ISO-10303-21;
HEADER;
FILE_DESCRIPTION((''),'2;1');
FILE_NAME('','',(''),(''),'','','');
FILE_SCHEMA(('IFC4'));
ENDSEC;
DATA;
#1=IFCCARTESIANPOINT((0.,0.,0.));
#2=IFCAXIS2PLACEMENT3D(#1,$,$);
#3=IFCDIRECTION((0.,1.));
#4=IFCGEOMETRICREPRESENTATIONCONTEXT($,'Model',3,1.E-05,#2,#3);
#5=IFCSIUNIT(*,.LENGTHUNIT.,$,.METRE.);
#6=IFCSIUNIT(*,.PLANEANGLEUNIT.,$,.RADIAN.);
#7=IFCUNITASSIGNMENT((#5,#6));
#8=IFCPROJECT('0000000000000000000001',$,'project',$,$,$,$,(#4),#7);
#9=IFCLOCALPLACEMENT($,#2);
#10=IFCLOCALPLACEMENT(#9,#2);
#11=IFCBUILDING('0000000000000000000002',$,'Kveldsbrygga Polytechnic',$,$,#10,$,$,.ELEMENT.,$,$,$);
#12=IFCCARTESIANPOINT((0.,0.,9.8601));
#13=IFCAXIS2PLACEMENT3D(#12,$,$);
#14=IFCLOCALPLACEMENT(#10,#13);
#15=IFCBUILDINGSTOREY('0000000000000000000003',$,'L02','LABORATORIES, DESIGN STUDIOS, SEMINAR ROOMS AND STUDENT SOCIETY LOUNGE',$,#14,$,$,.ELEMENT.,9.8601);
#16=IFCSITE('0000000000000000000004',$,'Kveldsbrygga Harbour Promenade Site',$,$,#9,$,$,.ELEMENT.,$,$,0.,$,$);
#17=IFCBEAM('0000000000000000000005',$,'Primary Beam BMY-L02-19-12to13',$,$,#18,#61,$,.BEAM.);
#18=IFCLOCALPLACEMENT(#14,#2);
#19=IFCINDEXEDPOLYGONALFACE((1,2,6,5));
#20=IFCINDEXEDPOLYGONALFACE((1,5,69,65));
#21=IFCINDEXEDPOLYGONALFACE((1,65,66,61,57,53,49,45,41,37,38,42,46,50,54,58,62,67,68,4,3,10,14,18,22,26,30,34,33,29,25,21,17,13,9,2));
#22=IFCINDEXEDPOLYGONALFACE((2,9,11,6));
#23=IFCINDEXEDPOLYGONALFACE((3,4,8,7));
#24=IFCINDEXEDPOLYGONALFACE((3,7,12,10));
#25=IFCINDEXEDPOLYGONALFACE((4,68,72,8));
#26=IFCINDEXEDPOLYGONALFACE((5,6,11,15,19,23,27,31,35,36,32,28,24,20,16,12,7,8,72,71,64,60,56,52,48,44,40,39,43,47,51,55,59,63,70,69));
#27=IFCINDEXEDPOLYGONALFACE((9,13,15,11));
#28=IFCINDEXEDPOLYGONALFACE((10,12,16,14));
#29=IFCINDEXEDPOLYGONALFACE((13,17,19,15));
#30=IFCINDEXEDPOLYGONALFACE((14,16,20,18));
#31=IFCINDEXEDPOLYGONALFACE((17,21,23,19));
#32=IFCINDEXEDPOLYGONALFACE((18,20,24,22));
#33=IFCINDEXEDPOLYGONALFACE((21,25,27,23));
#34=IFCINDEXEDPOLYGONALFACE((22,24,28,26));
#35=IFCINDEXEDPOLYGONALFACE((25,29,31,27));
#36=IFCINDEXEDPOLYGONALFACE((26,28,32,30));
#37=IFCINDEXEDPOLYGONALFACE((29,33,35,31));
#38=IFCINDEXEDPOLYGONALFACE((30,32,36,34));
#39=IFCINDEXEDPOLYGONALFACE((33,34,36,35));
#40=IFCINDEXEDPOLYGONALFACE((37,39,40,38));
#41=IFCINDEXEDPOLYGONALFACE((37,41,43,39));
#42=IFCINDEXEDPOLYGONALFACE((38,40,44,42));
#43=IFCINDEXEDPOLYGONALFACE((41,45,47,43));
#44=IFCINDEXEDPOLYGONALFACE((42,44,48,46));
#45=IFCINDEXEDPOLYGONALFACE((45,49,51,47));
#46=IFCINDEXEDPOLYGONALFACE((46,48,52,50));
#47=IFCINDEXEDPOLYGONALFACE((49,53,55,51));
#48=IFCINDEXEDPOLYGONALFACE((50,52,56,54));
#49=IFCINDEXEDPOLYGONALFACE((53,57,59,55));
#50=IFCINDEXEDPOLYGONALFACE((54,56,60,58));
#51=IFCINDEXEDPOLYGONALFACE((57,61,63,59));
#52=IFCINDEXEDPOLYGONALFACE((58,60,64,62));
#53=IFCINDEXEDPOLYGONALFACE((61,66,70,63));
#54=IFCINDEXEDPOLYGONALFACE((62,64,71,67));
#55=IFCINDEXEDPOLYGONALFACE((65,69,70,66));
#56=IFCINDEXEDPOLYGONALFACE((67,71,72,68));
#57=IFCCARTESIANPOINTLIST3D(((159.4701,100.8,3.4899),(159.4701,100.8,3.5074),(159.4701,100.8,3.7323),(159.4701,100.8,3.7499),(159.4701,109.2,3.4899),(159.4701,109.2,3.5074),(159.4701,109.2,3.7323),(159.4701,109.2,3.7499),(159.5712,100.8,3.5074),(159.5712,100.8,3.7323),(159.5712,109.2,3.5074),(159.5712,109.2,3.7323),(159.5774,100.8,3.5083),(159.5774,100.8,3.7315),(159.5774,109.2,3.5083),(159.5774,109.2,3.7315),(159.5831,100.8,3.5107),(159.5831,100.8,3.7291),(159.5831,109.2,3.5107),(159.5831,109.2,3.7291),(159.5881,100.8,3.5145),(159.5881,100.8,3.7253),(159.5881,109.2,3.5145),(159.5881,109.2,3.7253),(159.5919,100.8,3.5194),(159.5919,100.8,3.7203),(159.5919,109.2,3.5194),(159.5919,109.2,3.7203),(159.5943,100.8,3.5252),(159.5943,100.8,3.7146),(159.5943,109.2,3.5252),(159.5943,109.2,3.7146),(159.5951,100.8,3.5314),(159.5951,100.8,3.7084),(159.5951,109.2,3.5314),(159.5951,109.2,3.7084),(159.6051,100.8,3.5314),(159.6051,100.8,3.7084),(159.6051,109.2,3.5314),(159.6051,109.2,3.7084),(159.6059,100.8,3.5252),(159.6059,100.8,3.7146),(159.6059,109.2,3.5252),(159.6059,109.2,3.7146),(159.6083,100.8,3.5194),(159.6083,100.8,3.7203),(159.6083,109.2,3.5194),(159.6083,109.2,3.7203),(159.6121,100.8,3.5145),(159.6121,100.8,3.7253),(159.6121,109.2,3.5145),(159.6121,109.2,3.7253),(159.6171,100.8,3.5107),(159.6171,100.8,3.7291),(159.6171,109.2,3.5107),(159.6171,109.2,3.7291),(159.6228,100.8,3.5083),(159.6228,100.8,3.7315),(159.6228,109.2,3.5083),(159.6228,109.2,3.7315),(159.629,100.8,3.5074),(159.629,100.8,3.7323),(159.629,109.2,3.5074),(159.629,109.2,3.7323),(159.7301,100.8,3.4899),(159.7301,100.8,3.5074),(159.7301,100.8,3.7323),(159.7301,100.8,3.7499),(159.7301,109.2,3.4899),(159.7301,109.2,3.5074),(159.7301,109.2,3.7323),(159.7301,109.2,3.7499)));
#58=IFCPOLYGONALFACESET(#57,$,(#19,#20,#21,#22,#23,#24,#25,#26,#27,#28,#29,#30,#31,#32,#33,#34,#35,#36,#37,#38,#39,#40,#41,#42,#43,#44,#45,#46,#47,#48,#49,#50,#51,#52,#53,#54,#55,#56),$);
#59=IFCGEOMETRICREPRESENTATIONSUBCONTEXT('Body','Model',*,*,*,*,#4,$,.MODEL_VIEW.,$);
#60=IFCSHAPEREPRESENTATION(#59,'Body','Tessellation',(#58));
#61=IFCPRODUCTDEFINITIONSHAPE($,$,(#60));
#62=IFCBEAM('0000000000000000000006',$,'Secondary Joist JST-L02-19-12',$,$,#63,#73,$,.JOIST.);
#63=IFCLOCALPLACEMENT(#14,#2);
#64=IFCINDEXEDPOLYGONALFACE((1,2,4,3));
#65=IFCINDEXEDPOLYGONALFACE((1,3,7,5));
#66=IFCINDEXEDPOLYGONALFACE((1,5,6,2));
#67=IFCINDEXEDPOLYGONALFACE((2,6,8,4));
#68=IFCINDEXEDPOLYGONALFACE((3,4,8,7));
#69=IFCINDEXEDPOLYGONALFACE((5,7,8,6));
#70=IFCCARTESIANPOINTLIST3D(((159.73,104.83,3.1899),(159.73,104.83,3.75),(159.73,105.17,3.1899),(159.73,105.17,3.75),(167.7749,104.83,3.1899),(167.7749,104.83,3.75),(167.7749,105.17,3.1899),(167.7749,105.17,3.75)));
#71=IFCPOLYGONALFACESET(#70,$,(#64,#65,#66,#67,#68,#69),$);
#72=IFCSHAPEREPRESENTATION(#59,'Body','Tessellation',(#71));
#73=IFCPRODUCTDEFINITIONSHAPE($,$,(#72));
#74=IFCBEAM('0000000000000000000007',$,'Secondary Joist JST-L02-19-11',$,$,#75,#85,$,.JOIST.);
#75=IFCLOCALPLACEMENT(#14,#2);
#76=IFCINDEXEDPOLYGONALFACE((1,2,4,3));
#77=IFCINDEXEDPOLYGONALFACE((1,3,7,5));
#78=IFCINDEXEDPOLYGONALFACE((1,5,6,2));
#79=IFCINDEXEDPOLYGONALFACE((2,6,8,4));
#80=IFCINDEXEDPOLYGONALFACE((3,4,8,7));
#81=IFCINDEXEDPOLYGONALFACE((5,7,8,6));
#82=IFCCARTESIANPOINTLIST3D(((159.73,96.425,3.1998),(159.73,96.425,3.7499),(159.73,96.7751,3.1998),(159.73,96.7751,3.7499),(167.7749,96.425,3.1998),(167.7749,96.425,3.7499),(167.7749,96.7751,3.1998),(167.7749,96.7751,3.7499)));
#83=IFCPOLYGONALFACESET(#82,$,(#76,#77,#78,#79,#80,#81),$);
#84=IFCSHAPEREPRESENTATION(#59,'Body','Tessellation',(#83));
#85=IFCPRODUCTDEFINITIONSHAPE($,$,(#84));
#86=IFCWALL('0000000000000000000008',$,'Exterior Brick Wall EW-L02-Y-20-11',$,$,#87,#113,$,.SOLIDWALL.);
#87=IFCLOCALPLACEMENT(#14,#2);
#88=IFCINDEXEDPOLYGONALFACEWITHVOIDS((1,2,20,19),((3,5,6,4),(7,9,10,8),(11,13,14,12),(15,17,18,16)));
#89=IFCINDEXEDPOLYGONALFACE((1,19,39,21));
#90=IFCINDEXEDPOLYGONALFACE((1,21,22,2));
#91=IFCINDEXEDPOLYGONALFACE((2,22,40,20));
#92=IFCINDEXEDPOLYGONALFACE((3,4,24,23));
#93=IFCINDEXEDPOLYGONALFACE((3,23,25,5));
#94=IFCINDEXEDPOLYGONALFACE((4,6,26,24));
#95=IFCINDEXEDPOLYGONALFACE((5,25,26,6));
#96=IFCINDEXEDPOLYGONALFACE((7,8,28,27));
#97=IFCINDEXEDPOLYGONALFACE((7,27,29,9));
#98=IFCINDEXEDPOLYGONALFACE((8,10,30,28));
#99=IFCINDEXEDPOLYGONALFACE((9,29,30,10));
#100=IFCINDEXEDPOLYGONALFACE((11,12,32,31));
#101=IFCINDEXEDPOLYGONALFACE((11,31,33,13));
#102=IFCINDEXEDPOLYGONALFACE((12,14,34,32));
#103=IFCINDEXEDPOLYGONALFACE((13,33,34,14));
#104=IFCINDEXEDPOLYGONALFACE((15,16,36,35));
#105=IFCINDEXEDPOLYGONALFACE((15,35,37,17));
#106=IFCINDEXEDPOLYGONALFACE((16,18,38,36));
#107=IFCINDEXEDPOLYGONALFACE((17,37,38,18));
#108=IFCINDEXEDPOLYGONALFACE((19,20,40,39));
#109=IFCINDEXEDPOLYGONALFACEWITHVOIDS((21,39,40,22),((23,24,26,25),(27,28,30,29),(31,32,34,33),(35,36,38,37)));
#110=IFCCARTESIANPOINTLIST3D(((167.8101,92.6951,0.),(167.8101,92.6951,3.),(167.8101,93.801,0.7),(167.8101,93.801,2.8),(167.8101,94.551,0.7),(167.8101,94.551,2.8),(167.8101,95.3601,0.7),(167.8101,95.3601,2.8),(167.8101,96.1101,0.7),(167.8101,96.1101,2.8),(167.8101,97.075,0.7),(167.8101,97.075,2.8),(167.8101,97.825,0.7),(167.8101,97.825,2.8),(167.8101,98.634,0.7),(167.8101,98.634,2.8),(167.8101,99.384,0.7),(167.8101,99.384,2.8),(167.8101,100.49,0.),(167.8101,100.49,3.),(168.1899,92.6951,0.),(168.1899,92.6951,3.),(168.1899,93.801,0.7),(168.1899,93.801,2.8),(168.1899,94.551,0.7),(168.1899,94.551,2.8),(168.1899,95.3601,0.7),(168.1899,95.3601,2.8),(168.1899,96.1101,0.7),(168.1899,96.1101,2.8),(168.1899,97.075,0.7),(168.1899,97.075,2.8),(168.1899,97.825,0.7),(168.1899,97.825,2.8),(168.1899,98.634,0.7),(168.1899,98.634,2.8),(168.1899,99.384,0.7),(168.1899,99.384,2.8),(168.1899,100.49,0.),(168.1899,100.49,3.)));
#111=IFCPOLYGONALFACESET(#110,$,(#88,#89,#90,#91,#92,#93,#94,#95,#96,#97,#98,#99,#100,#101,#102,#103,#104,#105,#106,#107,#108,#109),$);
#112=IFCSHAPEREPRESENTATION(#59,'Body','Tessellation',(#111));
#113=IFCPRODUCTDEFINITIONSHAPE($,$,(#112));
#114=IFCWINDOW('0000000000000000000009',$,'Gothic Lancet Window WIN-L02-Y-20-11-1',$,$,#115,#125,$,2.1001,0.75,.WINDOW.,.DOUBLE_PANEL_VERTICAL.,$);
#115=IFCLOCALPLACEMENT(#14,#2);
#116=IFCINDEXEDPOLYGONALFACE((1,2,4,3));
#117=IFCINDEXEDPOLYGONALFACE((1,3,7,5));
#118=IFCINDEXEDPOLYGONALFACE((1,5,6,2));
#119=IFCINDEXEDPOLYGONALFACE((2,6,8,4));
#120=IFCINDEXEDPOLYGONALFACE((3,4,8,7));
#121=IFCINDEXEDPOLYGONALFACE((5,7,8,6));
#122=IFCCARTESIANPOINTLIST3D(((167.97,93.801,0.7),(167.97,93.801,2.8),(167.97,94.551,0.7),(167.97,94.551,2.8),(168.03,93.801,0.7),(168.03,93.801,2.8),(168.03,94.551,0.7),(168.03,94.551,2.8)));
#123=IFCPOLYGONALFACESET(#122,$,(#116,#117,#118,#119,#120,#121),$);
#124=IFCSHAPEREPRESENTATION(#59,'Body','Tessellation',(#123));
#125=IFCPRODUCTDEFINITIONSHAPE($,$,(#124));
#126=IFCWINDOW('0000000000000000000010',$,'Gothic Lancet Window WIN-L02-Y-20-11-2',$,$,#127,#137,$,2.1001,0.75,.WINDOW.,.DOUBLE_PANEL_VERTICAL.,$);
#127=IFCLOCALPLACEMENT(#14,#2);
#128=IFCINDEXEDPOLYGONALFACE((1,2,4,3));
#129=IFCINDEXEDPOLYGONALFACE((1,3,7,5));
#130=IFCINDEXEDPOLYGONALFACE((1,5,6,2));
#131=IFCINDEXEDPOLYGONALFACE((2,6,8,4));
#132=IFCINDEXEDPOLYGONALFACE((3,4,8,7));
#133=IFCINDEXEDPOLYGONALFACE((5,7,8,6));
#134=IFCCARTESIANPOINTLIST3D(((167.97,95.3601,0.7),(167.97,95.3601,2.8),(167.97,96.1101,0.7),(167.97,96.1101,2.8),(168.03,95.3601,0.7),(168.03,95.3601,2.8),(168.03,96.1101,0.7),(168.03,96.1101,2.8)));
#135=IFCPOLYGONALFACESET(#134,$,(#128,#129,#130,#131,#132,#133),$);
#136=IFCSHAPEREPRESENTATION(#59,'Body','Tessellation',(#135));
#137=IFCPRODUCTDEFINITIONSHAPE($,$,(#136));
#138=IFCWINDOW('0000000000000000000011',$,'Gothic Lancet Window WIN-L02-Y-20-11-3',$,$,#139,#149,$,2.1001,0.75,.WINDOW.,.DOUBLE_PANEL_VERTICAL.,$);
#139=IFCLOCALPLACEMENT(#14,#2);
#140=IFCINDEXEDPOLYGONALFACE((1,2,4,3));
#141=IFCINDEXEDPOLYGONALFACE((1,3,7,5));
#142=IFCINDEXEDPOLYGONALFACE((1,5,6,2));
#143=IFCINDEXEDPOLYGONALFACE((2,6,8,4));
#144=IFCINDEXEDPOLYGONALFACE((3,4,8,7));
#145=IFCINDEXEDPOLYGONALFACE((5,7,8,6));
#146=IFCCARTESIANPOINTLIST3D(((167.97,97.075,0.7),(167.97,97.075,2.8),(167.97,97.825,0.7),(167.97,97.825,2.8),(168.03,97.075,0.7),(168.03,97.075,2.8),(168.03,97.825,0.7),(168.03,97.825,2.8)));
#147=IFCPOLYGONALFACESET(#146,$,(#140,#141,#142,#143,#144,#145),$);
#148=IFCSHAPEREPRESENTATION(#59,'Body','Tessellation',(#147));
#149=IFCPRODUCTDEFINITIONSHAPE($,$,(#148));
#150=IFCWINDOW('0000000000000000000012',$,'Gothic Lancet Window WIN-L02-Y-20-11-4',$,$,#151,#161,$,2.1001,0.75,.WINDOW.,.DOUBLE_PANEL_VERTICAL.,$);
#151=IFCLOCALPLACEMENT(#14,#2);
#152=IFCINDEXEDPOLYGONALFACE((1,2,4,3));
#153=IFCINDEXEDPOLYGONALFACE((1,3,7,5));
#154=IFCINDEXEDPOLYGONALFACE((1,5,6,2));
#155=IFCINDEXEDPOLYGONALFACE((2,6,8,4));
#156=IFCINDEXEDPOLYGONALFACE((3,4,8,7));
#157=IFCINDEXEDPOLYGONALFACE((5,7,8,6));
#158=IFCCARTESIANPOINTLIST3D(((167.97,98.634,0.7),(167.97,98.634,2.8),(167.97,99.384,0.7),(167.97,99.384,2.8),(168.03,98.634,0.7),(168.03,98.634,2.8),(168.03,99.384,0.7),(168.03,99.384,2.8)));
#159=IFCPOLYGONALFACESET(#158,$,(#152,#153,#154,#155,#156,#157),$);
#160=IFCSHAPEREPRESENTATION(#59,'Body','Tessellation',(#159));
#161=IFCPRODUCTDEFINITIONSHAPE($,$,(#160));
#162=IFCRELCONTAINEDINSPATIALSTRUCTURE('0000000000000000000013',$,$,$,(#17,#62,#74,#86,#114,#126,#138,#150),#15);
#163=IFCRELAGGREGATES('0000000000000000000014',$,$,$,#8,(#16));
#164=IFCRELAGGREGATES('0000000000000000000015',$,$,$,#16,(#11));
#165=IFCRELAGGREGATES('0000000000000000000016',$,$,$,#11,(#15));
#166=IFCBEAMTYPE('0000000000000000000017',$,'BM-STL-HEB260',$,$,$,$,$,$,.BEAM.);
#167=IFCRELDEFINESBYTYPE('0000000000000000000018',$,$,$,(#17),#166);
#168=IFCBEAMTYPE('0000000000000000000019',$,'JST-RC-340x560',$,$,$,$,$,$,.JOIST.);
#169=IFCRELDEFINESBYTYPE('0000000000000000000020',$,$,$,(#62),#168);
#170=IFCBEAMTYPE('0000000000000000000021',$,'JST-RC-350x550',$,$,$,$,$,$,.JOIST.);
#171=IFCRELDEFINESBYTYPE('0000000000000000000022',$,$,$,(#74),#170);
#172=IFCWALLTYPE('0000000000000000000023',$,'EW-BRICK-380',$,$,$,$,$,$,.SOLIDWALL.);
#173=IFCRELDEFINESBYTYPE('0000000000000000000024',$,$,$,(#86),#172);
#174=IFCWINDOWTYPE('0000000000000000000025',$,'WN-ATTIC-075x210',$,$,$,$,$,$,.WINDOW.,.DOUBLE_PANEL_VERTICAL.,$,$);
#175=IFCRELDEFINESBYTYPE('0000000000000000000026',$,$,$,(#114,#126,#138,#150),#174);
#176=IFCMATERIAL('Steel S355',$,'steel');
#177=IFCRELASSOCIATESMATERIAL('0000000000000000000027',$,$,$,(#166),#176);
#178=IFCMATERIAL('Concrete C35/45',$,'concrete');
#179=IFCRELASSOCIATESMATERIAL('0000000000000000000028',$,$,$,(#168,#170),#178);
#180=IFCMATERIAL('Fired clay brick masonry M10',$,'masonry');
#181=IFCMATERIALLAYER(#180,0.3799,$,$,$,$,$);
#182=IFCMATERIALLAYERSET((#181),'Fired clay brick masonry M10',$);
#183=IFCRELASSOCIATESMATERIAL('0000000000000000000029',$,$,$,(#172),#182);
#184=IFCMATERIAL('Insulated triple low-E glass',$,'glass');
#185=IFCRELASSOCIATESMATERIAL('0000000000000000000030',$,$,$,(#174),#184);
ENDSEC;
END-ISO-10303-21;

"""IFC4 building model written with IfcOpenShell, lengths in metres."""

from ifc_helpers import new_model, si_unit, direction, frame, frame_2d, origin, origin_2d, place, context, subcontext, project, spatial, rectangle, i_section, extrude, material, layer, layer_set, material_profile, profile_set, type_object, element, fill, save


model = new_model("IFC4")

# Units and contexts
model_context = context("Model", 3, precision=1e-05, world=origin(), true_north=direction((0.0, 1.0)))
body_context = subcontext(model_context, "Body", "Model", "MODEL_VIEW")
ifc_project = project(units=[si_unit("LENGTHUNIT", "METRE"), si_unit("PLANEANGLEUNIT", "RADIAN")], contexts=[model_context])

# Site, building, storey
site_placement = place(None, origin())
site = spatial("IfcSite", under=ifc_project, at=site_placement, Name="Kveldsbrygga Harbour Promenade Site", CompositionType="ELEMENT", RefElevation=0.0)
building_placement = place(site_placement, origin())
building = spatial("IfcBuilding", under=site, at=building_placement, Name="Kveldsbrygga Polytechnic", CompositionType="ELEMENT")
storey_placement = place(building_placement, frame((0.0, 0.0, 9.8601)))
storey = spatial("IfcBuildingStorey", under=building, at=storey_placement, Name="L02", Description="LABORATORIES, DESIGN STUDIOS, SEMINAR ROOMS AND STUDENT SOCIETY LOUNGE", CompositionType="ELEMENT", Elevation=9.8601)

# Beams
ifc_material_1 = material(Name="Concrete C35/45", Category="concrete")
ifc_material_2 = material(Name="Steel S355", Category="steel")
ifc_material_profile_1 = material_profile(ifc_material_2, i_section(OverallWidth=0.26, OverallDepth=0.26, WebThickness=0.01, FlangeThickness=0.0176, FilletRadius=0.0239, at=origin_2d()), Name="HEB 260")
ifc_profile_set_1 = profile_set([ifc_material_profile_1], Name="Steel S355")
beam_type_1 = type_object("IfcBeamType", Name="BM-STL-HEB260", PredefinedType="BEAM", material=ifc_profile_set_1)
beam_1_placement = place(storey_placement, frame((159.6001, 100.8, 3.6199), z_axis=(0.0, 1.0, 0.0), x_axis=(-1.0, 0.0, 0.0)))
element("IfcBeam", 1, at=beam_1_placement, inside=storey, type_object=beam_type_1, Name="Primary Beam BMY-L02-19-12to13", PredefinedType="BEAM", context=body_context, shape_type="SweptSolid", body=[
    extrude(i_section(OverallWidth=0.26, OverallDepth=0.26, WebThickness=0.01, FlangeThickness=0.0176, FilletRadius=0.0239, at=origin_2d()), origin(), (0.0, 0.0, 1.0), 8.3999),
])
ifc_material_profile_2 = material_profile(ifc_material_1, rectangle(XDim=0.3401, YDim=0.5601, at=origin_2d()), Name="RC 340x560")
ifc_profile_set_2 = profile_set([ifc_material_profile_2], Name="Concrete C35/45")
beam_type_2 = type_object("IfcBeamType", Name="JST-RC-340x560", PredefinedType="JOIST", material=ifc_profile_set_2)
beam_2_placement = place(storey_placement, frame((159.73, 105.0, 3.47), z_axis=(1.0, 0.0, 0.0), x_axis=(0.0, 1.0, 0.0)))
element("IfcBeam", 2, at=beam_2_placement, inside=storey, type_object=beam_type_2, Name="Secondary Joist JST-L02-19-12", PredefinedType="JOIST", context=body_context, shape_type="SweptSolid", body=[
    extrude(rectangle(XDim=0.3401, YDim=0.5601, at=origin_2d()), origin(), (0.0, 0.0, 1.0), 8.0449),
])
ifc_material_profile_3 = material_profile(ifc_material_1, rectangle(XDim=0.3501, YDim=0.55, at=origin_2d()), Name="RC 350x550")
ifc_profile_set_3 = profile_set([ifc_material_profile_3], Name="Concrete C35/45")
beam_type_3 = type_object("IfcBeamType", Name="JST-RC-350x550", PredefinedType="JOIST", material=ifc_profile_set_3)
beam_3_placement = place(storey_placement, frame((159.73, 96.6001, 3.4749), z_axis=(1.0, 0.0, 0.0), x_axis=(0.0, 1.0, 0.0)))
element("IfcBeam", 3, at=beam_3_placement, inside=storey, type_object=beam_type_3, Name="Secondary Joist JST-L02-19-11", PredefinedType="JOIST", context=body_context, shape_type="SweptSolid", body=[
    extrude(rectangle(XDim=0.3501, YDim=0.55, at=origin_2d()), origin(), (0.0, 0.0, 1.0), 8.0449),
])

# Wall, openings, windows
ifc_material_3 = material(Name="Fired clay brick masonry M10", Category="masonry")
ifc_layer_1 = layer(ifc_material_3, 0.3799)
ifc_layer_set_1 = layer_set([ifc_layer_1], Name="Fired clay brick masonry M10")
wall_type_1 = type_object("IfcWallType", Name="EW-BRICK-380", PredefinedType="SOLIDWALL", material=ifc_layer_set_1)
wall_1_placement = place(storey_placement, frame((168.0, 92.6951, 0.0), z_axis=(0.0, 0.0, 1.0), x_axis=(0.0, 1.0, 0.0)))
wall_1 = element("IfcWall", 4, at=wall_1_placement, inside=storey, type_object=wall_type_1, Name="Exterior Brick Wall EW-L02-Y-20-11", PredefinedType="SOLIDWALL", context=body_context, shape_type="SweptSolid", body=[
    extrude(rectangle(XDim=7.7949, YDim=0.3799, at=frame_2d((3.8975, 0.0))), origin(), (0.0, 0.0, 1.0), 3.0),
])
opening_1_placement = place(wall_1_placement, frame((1.106, 0.0, 0.7)))
opening_1 = element("IfcOpeningElement", 5, at=opening_1_placement, cuts=wall_1, PredefinedType="OPENING", context=body_context, shape_type="SweptSolid", body=[
    extrude(rectangle(XDim=0.75, YDim=2.1001, at=frame_2d((0.375, 1.05))), frame((0.0, 0.2, 0.0), z_axis=(0.0, -1.0, 0.0), x_axis=(1.0, 0.0, 0.0)), (0.0, 0.0, 1.0), 0.3999),
])
opening_2_placement = place(wall_1_placement, frame((2.665, 0.0, 0.7)))
opening_2 = element("IfcOpeningElement", 6, at=opening_2_placement, cuts=wall_1, PredefinedType="OPENING", context=body_context, shape_type="SweptSolid", body=[
    extrude(rectangle(XDim=0.75, YDim=2.1001, at=frame_2d((0.375, 1.05))), frame((0.0, 0.2, 0.0), z_axis=(0.0, -1.0, 0.0), x_axis=(1.0, 0.0, 0.0)), (0.0, 0.0, 1.0), 0.3999),
])
opening_3_placement = place(wall_1_placement, frame((4.3799, 0.0, 0.7)))
opening_3 = element("IfcOpeningElement", 7, at=opening_3_placement, cuts=wall_1, PredefinedType="OPENING", context=body_context, shape_type="SweptSolid", body=[
    extrude(rectangle(XDim=0.75, YDim=2.1001, at=frame_2d((0.375, 1.05))), frame((0.0, 0.2, 0.0), z_axis=(0.0, -1.0, 0.0), x_axis=(1.0, 0.0, 0.0)), (0.0, 0.0, 1.0), 0.3999),
])
opening_4_placement = place(wall_1_placement, frame((5.939, 0.0, 0.7)))
opening_4 = element("IfcOpeningElement", 8, at=opening_4_placement, cuts=wall_1, PredefinedType="OPENING", context=body_context, shape_type="SweptSolid", body=[
    extrude(rectangle(XDim=0.75, YDim=2.1001, at=frame_2d((0.375, 1.05))), frame((0.0, 0.2, 0.0), z_axis=(0.0, -1.0, 0.0), x_axis=(1.0, 0.0, 0.0)), (0.0, 0.0, 1.0), 0.3999),
])
ifc_material_4 = material(Name="Insulated triple low-E glass", Category="glass")
window_type = type_object("IfcWindowType", Name="WN-ATTIC-075x210", PartitioningType="DOUBLE_PANEL_VERTICAL", PredefinedType="WINDOW", material=ifc_material_4)
window_1_placement = place(opening_1_placement, origin())
window_1 = element("IfcWindow", 9, at=window_1_placement, inside=storey, type_object=window_type, Name="Gothic Lancet Window WIN-L02-Y-20-11-1", OverallHeight=2.1001, OverallWidth=0.75, PartitioningType="DOUBLE_PANEL_VERTICAL", PredefinedType="WINDOW", context=body_context, shape_type="SweptSolid", body=[
    extrude(rectangle(XDim=0.75, YDim=2.1001, at=frame_2d((0.375, 1.05))), frame((0.0, 0.03, 0.0), z_axis=(0.0, -1.0, 0.0), x_axis=(1.0, 0.0, 0.0)), (0.0, 0.0, 1.0), 0.0601),
])
fill(opening_1, window_1)
window_2_placement = place(opening_2_placement, origin())
window_2 = element("IfcWindow", 10, at=window_2_placement, inside=storey, type_object=window_type, Name="Gothic Lancet Window WIN-L02-Y-20-11-2", OverallHeight=2.1001, OverallWidth=0.75, PartitioningType="DOUBLE_PANEL_VERTICAL", PredefinedType="WINDOW", context=body_context, shape_type="SweptSolid", body=[
    extrude(rectangle(XDim=0.75, YDim=2.1001, at=frame_2d((0.375, 1.05))), frame((0.0, 0.03, 0.0), z_axis=(0.0, -1.0, 0.0), x_axis=(1.0, 0.0, 0.0)), (0.0, 0.0, 1.0), 0.0601),
])
fill(opening_2, window_2)
window_3_placement = place(opening_3_placement, origin())
window_3 = element("IfcWindow", 11, at=window_3_placement, inside=storey, type_object=window_type, Name="Gothic Lancet Window WIN-L02-Y-20-11-3", OverallHeight=2.1001, OverallWidth=0.75, PartitioningType="DOUBLE_PANEL_VERTICAL", PredefinedType="WINDOW", context=body_context, shape_type="SweptSolid", body=[
    extrude(rectangle(XDim=0.75, YDim=2.1001, at=frame_2d((0.375, 1.05))), frame((0.0, 0.03, 0.0), z_axis=(0.0, -1.0, 0.0), x_axis=(1.0, 0.0, 0.0)), (0.0, 0.0, 1.0), 0.0601),
])
fill(opening_3, window_3)
window_4_placement = place(opening_4_placement, origin())
window_4 = element("IfcWindow", 12, at=window_4_placement, inside=storey, type_object=window_type, Name="Gothic Lancet Window WIN-L02-Y-20-11-4", OverallHeight=2.1001, OverallWidth=0.75, PartitioningType="DOUBLE_PANEL_VERTICAL", PredefinedType="WINDOW", context=body_context, shape_type="SweptSolid", body=[
    extrude(rectangle(XDim=0.75, YDim=2.1001, at=frame_2d((0.375, 1.05))), frame((0.0, 0.03, 0.0), z_axis=(0.0, -1.0, 0.0), x_axis=(1.0, 0.0, 0.0)), (0.0, 0.0, 1.0), 0.0601),
])
fill(opening_4, window_4)

save(model, "model.ifc")
